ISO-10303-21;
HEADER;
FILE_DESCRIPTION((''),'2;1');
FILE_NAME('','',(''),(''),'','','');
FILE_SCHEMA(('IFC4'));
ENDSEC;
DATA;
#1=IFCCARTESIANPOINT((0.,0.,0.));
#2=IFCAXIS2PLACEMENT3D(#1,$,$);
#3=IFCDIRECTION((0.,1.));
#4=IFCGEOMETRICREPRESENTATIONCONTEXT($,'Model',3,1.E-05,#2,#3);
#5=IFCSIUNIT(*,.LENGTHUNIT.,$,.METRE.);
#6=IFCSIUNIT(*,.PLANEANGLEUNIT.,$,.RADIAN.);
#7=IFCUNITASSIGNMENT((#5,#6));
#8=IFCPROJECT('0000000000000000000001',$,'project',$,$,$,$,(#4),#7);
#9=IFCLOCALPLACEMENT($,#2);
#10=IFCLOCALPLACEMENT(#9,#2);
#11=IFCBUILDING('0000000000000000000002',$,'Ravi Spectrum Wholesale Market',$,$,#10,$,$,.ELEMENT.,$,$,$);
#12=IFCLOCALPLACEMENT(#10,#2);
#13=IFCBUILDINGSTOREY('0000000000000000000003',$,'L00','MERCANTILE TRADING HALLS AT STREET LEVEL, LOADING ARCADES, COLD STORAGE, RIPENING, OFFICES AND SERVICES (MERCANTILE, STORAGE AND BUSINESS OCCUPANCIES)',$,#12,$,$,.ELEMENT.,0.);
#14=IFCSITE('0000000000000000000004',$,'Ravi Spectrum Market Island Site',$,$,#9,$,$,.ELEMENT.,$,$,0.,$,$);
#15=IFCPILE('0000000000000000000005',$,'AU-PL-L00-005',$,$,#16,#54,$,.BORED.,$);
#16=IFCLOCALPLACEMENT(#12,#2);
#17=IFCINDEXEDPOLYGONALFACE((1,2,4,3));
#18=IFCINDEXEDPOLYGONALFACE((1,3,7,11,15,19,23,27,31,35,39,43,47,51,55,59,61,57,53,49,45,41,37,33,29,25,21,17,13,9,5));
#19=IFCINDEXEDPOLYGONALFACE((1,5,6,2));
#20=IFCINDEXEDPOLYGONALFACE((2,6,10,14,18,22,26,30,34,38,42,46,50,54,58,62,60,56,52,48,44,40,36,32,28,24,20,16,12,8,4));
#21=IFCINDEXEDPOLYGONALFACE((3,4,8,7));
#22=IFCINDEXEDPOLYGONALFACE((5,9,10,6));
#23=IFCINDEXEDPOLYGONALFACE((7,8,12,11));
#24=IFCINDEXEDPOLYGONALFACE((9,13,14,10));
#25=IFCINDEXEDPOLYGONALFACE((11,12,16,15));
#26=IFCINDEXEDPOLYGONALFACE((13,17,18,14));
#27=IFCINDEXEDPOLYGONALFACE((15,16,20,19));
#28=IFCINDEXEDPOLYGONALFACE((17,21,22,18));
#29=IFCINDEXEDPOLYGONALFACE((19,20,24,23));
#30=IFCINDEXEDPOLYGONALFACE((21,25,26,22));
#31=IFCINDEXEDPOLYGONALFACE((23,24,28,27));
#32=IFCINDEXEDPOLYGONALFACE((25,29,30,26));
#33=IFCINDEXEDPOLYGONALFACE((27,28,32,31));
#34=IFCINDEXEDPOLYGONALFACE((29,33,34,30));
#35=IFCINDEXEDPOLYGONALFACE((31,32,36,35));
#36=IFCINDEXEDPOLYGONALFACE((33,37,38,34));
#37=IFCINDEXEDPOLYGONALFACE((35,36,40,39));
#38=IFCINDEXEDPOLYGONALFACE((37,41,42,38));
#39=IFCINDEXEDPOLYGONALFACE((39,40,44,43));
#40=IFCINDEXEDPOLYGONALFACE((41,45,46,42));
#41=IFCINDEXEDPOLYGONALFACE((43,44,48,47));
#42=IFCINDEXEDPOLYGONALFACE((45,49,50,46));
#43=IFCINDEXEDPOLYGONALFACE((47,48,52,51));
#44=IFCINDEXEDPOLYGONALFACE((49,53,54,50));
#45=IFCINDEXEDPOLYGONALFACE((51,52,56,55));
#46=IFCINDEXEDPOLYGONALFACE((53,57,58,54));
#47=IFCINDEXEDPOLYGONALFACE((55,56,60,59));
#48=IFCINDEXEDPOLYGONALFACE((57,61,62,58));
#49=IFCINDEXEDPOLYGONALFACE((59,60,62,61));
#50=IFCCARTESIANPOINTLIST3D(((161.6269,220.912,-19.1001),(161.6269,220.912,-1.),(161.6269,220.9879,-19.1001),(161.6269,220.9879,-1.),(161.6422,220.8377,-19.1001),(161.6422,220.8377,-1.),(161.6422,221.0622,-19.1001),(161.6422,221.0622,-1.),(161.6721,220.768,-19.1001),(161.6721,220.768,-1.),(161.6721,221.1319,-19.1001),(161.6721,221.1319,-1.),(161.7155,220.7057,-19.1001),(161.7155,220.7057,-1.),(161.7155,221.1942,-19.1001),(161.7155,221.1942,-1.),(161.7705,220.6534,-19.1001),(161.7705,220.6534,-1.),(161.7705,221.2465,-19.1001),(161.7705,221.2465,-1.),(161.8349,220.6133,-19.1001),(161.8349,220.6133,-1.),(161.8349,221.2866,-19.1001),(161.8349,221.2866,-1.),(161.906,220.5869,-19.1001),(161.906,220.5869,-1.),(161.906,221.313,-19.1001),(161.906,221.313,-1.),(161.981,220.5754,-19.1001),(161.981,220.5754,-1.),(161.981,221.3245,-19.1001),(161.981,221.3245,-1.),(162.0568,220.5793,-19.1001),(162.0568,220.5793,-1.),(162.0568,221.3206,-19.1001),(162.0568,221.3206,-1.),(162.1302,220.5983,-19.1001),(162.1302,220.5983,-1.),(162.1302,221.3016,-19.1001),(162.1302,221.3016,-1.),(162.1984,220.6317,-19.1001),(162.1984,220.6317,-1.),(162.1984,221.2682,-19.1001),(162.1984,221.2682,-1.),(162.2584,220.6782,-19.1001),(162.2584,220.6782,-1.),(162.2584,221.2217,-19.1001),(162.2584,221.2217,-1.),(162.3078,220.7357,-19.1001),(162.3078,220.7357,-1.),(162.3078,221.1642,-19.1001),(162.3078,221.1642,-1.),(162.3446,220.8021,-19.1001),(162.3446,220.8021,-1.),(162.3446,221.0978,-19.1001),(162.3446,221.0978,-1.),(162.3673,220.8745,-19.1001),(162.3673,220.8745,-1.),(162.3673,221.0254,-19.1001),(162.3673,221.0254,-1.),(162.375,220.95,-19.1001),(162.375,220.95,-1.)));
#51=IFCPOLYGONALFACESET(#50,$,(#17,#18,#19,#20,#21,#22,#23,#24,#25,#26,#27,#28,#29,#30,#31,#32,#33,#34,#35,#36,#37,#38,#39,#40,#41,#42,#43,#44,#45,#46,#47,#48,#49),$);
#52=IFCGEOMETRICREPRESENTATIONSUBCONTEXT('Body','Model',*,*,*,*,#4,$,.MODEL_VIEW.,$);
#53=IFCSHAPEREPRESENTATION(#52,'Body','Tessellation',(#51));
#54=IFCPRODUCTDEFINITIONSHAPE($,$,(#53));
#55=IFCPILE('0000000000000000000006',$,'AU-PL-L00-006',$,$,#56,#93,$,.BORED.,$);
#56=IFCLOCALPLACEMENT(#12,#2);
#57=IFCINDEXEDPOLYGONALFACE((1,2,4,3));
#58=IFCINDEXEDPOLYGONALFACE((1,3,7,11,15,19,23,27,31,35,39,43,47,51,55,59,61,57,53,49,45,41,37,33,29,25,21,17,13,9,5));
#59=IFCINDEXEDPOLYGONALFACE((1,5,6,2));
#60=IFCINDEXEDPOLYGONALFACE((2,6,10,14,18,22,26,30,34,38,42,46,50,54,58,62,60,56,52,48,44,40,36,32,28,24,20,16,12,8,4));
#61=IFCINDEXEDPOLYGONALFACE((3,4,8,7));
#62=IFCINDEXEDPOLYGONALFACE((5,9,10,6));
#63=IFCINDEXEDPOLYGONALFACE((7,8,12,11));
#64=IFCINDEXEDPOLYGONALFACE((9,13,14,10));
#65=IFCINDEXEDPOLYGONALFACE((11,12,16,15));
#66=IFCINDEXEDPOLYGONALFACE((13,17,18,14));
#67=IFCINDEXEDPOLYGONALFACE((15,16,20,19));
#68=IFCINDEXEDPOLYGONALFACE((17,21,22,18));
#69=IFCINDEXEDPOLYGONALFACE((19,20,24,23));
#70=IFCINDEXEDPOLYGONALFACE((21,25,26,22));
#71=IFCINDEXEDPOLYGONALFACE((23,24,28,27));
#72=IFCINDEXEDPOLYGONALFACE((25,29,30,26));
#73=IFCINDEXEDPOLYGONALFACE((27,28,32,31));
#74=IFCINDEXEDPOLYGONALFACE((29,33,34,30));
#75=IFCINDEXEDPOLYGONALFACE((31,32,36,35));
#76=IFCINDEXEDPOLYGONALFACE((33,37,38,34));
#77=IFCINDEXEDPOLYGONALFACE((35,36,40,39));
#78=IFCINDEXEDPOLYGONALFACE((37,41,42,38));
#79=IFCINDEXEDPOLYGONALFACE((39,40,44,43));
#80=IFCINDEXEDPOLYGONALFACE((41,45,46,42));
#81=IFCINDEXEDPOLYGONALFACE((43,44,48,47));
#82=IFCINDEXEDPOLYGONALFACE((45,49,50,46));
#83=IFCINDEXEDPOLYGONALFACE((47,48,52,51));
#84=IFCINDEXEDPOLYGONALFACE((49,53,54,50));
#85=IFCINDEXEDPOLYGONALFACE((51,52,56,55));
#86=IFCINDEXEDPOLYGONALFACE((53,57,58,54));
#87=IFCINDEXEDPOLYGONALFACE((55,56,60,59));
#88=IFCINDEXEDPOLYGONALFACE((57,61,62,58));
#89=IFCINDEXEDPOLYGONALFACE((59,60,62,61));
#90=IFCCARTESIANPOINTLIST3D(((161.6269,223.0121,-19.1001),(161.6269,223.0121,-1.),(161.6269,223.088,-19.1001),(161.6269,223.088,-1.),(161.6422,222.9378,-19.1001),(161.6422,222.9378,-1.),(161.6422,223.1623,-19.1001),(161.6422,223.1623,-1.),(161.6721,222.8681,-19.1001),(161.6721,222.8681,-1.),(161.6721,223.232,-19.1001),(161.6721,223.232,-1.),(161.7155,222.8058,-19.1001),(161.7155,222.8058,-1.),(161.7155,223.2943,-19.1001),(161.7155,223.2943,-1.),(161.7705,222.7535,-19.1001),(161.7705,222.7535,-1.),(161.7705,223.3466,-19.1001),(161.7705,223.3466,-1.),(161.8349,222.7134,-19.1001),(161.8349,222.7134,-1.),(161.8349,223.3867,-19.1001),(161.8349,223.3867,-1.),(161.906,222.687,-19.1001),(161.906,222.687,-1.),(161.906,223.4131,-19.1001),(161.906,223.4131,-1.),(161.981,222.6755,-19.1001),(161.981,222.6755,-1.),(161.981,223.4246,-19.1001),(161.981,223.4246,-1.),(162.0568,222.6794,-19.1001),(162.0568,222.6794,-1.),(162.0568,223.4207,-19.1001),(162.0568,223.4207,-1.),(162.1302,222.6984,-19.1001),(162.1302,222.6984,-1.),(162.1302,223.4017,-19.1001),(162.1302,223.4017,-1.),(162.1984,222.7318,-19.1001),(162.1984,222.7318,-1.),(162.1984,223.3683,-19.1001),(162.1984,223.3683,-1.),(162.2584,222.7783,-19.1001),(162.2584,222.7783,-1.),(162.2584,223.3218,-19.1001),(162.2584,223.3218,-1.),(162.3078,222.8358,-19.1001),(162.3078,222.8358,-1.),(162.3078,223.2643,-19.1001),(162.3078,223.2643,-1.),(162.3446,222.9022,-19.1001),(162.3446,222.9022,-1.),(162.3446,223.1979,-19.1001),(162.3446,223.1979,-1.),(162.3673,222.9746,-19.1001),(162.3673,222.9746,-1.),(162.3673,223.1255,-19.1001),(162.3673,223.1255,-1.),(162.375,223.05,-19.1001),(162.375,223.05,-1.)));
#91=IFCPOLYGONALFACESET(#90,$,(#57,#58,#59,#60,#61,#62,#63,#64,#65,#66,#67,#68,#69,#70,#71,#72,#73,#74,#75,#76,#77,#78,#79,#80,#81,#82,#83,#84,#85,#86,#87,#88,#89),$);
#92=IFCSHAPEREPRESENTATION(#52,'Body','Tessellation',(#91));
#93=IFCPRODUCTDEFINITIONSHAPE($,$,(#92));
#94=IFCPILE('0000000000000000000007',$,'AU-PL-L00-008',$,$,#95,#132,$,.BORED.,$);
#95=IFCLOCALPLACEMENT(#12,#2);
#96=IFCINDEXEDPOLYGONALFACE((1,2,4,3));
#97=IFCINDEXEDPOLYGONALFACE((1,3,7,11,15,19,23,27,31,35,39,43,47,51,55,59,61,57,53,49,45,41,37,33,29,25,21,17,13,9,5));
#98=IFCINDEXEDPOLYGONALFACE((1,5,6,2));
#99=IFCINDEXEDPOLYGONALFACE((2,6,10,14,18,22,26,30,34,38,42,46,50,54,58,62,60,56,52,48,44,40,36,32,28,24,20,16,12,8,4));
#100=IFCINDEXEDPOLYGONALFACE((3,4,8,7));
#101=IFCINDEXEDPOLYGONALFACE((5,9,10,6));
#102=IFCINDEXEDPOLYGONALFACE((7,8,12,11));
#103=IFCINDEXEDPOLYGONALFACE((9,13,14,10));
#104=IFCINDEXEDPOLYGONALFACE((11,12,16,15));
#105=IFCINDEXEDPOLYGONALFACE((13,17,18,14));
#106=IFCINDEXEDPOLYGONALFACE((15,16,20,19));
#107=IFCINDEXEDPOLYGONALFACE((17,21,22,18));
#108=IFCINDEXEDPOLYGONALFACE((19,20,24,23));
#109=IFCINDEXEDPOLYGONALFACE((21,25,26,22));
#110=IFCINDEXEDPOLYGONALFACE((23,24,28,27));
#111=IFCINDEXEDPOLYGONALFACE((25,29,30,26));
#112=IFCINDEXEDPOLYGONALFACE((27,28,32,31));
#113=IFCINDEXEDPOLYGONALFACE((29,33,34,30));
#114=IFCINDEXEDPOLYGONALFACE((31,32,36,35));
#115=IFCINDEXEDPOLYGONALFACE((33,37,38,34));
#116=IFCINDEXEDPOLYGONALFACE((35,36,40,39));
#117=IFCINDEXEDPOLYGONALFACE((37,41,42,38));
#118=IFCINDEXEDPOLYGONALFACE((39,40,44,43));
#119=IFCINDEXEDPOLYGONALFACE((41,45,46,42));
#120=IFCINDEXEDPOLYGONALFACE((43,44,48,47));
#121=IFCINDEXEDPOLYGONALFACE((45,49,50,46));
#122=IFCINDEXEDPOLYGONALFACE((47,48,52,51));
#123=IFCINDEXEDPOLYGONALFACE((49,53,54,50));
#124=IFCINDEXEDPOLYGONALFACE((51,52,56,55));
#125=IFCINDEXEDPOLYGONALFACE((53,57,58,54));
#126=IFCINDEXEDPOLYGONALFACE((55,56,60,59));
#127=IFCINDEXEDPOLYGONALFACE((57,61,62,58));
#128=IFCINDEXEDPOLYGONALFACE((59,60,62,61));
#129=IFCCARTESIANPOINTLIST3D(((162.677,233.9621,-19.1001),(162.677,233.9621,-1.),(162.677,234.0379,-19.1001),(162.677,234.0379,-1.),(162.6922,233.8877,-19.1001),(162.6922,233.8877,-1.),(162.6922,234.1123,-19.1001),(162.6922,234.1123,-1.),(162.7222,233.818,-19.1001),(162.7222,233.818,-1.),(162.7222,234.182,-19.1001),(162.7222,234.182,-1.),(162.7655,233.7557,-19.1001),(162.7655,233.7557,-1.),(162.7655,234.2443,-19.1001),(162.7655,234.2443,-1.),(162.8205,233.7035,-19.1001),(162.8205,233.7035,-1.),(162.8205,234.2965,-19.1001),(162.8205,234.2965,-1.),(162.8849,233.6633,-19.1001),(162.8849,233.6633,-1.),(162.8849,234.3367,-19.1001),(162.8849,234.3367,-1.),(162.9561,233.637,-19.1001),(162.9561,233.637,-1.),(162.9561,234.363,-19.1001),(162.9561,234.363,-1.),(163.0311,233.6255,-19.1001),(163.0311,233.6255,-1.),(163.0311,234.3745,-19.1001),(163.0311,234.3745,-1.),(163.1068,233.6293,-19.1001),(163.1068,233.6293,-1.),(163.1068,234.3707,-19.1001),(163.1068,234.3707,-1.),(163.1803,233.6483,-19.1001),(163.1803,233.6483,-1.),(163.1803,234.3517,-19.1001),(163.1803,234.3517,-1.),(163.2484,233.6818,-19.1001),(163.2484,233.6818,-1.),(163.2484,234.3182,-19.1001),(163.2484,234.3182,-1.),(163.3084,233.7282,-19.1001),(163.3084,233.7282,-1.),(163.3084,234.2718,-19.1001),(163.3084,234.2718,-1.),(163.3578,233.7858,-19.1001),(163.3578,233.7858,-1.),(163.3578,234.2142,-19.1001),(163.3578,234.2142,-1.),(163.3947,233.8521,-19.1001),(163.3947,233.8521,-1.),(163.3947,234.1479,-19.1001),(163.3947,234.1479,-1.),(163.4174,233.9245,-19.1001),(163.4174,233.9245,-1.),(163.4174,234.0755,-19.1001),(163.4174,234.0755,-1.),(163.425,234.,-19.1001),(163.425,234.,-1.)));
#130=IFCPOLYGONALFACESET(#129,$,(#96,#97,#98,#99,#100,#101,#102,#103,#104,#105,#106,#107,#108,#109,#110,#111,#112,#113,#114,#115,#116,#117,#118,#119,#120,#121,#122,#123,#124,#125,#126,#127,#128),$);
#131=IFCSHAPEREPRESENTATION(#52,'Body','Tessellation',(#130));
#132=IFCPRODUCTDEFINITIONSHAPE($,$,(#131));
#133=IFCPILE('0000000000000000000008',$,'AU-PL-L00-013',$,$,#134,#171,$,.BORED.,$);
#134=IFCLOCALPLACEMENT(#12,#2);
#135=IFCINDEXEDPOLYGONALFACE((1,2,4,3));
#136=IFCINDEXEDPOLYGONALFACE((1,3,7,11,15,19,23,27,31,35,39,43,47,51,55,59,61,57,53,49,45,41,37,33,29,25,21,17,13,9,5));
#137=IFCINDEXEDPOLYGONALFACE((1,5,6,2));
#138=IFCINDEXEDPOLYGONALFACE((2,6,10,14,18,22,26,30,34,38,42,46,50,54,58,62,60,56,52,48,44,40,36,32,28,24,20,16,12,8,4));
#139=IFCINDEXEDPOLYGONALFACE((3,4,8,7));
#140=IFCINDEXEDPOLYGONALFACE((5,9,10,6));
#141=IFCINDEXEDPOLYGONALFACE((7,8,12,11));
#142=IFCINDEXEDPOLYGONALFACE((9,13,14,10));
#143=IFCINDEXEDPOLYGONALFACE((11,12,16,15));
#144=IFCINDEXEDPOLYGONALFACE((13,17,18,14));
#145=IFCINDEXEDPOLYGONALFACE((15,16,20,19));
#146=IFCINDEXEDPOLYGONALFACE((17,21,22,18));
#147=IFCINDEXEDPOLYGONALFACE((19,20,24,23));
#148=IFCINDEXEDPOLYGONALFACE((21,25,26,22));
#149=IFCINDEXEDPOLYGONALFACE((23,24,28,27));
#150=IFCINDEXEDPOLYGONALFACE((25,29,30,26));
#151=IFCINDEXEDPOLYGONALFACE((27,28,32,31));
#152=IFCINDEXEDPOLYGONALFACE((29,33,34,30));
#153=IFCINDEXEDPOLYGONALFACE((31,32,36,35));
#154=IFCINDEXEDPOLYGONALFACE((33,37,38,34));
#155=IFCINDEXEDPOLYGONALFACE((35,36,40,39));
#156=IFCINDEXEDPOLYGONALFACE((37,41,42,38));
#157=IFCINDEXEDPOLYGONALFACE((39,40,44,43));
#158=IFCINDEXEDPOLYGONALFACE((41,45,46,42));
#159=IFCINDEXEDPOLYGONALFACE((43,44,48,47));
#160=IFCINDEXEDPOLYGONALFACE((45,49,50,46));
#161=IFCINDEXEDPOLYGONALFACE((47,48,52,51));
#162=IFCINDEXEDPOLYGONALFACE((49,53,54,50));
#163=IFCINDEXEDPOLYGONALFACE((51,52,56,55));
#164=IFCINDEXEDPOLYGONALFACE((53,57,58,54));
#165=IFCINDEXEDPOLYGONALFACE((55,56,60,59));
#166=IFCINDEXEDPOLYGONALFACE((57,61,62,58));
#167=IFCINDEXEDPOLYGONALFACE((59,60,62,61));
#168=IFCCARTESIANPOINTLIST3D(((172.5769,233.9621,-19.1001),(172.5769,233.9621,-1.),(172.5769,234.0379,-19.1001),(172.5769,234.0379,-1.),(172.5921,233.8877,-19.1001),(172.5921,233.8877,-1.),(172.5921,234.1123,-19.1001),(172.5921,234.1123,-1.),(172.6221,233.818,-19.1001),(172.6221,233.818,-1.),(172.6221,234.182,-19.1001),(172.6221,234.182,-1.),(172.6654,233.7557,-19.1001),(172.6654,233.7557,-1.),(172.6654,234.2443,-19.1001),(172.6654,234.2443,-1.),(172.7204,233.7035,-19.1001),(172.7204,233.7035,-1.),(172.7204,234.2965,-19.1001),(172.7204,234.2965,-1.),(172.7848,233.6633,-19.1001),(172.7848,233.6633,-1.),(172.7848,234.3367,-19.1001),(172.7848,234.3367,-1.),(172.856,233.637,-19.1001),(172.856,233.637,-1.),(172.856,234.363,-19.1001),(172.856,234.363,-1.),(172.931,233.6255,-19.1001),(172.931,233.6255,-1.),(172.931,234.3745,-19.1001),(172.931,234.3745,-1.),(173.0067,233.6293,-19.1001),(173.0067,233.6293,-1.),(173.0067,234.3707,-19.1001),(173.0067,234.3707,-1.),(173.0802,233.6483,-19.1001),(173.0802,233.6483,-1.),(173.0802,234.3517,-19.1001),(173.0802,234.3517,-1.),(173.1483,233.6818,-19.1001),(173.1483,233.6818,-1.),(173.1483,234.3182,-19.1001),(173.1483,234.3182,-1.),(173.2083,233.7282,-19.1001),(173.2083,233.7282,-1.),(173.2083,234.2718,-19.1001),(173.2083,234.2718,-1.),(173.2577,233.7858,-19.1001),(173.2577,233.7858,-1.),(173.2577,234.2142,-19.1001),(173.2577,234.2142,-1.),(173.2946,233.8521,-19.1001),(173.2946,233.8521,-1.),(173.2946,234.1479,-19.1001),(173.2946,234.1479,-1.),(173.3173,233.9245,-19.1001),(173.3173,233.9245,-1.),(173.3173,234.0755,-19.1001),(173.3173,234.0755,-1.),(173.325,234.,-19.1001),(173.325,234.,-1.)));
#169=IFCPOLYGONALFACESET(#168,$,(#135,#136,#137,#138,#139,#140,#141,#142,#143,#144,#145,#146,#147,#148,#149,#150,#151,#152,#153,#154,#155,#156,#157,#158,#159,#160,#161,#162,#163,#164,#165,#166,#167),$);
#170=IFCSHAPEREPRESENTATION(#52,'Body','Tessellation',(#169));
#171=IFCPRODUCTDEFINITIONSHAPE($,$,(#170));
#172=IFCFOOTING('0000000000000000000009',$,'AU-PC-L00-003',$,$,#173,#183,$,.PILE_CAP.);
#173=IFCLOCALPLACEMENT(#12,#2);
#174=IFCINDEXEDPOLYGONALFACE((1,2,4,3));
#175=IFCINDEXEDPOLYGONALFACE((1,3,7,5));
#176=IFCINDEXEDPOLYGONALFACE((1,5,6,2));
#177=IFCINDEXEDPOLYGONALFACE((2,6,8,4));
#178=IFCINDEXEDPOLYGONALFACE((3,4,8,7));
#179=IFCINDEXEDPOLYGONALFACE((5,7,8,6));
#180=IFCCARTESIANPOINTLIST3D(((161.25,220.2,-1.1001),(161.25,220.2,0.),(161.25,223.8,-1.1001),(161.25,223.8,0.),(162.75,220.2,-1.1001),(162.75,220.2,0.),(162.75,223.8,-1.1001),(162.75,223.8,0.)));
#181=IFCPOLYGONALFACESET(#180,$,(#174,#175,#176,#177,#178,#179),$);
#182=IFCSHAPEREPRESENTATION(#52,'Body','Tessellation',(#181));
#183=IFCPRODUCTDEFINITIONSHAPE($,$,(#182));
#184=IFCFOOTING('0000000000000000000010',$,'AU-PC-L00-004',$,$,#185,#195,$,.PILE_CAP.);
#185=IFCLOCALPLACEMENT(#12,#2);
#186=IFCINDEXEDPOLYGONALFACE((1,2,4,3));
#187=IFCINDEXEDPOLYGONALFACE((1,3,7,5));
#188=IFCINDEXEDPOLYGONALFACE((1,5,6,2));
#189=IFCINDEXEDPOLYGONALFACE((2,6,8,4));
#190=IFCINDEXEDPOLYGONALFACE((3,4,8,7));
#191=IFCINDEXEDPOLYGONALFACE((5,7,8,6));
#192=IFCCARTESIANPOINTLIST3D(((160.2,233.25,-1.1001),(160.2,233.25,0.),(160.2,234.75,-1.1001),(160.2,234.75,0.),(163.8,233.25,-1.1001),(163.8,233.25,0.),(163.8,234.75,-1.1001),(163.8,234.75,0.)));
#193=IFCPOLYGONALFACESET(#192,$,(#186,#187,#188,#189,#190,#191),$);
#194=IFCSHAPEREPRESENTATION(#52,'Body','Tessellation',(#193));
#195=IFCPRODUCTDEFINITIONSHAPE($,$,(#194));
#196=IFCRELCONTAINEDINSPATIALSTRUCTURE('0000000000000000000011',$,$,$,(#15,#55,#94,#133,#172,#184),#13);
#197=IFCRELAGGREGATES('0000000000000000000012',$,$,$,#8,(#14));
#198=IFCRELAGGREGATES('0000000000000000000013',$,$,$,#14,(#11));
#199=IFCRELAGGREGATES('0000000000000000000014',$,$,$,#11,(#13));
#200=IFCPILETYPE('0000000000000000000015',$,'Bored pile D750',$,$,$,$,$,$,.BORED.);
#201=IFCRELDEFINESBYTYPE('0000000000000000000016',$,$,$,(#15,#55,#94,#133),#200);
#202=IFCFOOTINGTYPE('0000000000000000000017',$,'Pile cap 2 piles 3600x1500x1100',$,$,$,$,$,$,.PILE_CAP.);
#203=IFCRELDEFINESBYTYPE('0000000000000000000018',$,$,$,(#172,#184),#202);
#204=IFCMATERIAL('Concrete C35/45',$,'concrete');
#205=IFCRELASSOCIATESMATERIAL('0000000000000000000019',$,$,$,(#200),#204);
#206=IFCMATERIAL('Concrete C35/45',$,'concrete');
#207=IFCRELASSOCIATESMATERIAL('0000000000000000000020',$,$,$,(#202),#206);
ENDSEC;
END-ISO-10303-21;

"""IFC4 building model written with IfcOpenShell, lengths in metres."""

from ifc_helpers import new_model, si_unit, direction, frame, origin, origin_2d, place, context, subcontext, project, spatial, rectangle, circle, extrude, material, material_profile, profile_set, type_object, element, save


model = new_model("IFC4")

# Units and contexts
model_context = context("Model", 3, precision=1e-05, world=origin(), true_north=direction((0.0, 1.0)))
body_context = subcontext(model_context, "Body", "Model", "MODEL_VIEW")
ifc_project = project(units=[si_unit("LENGTHUNIT", "METRE"), si_unit("PLANEANGLEUNIT", "RADIAN")], contexts=[model_context])

# Site, building, storey
site_placement = place(None, origin())
site = spatial("IfcSite", under=ifc_project, at=site_placement, Name="Ravi Spectrum Market Island Site", CompositionType="ELEMENT", RefElevation=0.0)
building_placement = place(site_placement, origin())
building = spatial("IfcBuilding", under=site, at=building_placement, Name="Ravi Spectrum Wholesale Market", CompositionType="ELEMENT")
storey_placement = place(building_placement, origin())
storey = spatial("IfcBuildingStorey", under=building, at=storey_placement, Name="L00", Description="MERCANTILE TRADING HALLS AT STREET LEVEL, LOADING ARCADES, COLD STORAGE, RIPENING, OFFICES AND SERVICES (MERCANTILE, STORAGE AND BUSINESS OCCUPANCIES)", CompositionType="ELEMENT", Elevation=0.0)

# Piles
ifc_material_1 = material(Name="Concrete C35/45", Category="concrete")
ifc_material_profile_1 = material_profile(ifc_material_1, circle(Radius=0.375, at=origin_2d()))
ifc_profile_set_1 = profile_set([ifc_material_profile_1], Name="Concrete C35/45")
pile_type = type_object("IfcPileType", Name="Bored pile D750", PredefinedType="BORED", material=ifc_profile_set_1)
for number, where, z_axis, x_axis, name in (
    (1, (162.0, 220.95, -1.0), (0.0, 0.0, -1.0), (1.0, 0.0, 0.0), "AU-PL-L00-005"),
    (2, (162.0, 223.05, -1.0), (0.0, 0.0, -1.0), (1.0, 0.0, 0.0), "AU-PL-L00-006"),
    (3, (163.05, 234.0, -1.0), (0.0, 0.0, -1.0), (1.0, 0.0, 0.0), "AU-PL-L00-008"),
    (4, (172.95, 234.0, -1.0), (0.0, 0.0, -1.0), (1.0, 0.0, 0.0), "AU-PL-L00-013"),
):
    element("IfcPile", number, at=place(storey_placement, frame(where, z_axis=z_axis, x_axis=x_axis)), inside=storey, type_object=pile_type, Name=name, PredefinedType="BORED", context=body_context, shape_type="SweptSolid", body=[
        extrude(circle(Radius=0.375, at=origin_2d()), origin(), (0.0, 0.0, 1.0), 18.1001),
    ])

# Footings
ifc_material_2 = material(Name="Concrete C35/45", Category="concrete")
footing_type = type_object("IfcFootingType", Name="Pile cap 2 piles 3600x1500x1100", PredefinedType="PILE_CAP", material=ifc_material_2)
for number, where, z_axis, x_axis, name in (
    (5, (162.0, 222.0, -1.1001), (0.0, 0.0, 1.0), (0.0, 1.0, 0.0), "AU-PC-L00-003"),
    (6, (162.0, 234.0, -1.1001), (0.0, 0.0, 1.0), (1.0, 0.0, 0.0), "AU-PC-L00-004"),
):
    element("IfcFooting", number, at=place(storey_placement, frame(where, z_axis=z_axis, x_axis=x_axis)), inside=storey, type_object=footing_type, Name=name, PredefinedType="PILE_CAP", context=body_context, shape_type="SweptSolid", body=[
        extrude(rectangle(XDim=3.6001, YDim=1.5, at=origin_2d()), origin(), (0.0, 0.0, 1.0), 1.1001),
    ])

save(model, "model.ifc")
